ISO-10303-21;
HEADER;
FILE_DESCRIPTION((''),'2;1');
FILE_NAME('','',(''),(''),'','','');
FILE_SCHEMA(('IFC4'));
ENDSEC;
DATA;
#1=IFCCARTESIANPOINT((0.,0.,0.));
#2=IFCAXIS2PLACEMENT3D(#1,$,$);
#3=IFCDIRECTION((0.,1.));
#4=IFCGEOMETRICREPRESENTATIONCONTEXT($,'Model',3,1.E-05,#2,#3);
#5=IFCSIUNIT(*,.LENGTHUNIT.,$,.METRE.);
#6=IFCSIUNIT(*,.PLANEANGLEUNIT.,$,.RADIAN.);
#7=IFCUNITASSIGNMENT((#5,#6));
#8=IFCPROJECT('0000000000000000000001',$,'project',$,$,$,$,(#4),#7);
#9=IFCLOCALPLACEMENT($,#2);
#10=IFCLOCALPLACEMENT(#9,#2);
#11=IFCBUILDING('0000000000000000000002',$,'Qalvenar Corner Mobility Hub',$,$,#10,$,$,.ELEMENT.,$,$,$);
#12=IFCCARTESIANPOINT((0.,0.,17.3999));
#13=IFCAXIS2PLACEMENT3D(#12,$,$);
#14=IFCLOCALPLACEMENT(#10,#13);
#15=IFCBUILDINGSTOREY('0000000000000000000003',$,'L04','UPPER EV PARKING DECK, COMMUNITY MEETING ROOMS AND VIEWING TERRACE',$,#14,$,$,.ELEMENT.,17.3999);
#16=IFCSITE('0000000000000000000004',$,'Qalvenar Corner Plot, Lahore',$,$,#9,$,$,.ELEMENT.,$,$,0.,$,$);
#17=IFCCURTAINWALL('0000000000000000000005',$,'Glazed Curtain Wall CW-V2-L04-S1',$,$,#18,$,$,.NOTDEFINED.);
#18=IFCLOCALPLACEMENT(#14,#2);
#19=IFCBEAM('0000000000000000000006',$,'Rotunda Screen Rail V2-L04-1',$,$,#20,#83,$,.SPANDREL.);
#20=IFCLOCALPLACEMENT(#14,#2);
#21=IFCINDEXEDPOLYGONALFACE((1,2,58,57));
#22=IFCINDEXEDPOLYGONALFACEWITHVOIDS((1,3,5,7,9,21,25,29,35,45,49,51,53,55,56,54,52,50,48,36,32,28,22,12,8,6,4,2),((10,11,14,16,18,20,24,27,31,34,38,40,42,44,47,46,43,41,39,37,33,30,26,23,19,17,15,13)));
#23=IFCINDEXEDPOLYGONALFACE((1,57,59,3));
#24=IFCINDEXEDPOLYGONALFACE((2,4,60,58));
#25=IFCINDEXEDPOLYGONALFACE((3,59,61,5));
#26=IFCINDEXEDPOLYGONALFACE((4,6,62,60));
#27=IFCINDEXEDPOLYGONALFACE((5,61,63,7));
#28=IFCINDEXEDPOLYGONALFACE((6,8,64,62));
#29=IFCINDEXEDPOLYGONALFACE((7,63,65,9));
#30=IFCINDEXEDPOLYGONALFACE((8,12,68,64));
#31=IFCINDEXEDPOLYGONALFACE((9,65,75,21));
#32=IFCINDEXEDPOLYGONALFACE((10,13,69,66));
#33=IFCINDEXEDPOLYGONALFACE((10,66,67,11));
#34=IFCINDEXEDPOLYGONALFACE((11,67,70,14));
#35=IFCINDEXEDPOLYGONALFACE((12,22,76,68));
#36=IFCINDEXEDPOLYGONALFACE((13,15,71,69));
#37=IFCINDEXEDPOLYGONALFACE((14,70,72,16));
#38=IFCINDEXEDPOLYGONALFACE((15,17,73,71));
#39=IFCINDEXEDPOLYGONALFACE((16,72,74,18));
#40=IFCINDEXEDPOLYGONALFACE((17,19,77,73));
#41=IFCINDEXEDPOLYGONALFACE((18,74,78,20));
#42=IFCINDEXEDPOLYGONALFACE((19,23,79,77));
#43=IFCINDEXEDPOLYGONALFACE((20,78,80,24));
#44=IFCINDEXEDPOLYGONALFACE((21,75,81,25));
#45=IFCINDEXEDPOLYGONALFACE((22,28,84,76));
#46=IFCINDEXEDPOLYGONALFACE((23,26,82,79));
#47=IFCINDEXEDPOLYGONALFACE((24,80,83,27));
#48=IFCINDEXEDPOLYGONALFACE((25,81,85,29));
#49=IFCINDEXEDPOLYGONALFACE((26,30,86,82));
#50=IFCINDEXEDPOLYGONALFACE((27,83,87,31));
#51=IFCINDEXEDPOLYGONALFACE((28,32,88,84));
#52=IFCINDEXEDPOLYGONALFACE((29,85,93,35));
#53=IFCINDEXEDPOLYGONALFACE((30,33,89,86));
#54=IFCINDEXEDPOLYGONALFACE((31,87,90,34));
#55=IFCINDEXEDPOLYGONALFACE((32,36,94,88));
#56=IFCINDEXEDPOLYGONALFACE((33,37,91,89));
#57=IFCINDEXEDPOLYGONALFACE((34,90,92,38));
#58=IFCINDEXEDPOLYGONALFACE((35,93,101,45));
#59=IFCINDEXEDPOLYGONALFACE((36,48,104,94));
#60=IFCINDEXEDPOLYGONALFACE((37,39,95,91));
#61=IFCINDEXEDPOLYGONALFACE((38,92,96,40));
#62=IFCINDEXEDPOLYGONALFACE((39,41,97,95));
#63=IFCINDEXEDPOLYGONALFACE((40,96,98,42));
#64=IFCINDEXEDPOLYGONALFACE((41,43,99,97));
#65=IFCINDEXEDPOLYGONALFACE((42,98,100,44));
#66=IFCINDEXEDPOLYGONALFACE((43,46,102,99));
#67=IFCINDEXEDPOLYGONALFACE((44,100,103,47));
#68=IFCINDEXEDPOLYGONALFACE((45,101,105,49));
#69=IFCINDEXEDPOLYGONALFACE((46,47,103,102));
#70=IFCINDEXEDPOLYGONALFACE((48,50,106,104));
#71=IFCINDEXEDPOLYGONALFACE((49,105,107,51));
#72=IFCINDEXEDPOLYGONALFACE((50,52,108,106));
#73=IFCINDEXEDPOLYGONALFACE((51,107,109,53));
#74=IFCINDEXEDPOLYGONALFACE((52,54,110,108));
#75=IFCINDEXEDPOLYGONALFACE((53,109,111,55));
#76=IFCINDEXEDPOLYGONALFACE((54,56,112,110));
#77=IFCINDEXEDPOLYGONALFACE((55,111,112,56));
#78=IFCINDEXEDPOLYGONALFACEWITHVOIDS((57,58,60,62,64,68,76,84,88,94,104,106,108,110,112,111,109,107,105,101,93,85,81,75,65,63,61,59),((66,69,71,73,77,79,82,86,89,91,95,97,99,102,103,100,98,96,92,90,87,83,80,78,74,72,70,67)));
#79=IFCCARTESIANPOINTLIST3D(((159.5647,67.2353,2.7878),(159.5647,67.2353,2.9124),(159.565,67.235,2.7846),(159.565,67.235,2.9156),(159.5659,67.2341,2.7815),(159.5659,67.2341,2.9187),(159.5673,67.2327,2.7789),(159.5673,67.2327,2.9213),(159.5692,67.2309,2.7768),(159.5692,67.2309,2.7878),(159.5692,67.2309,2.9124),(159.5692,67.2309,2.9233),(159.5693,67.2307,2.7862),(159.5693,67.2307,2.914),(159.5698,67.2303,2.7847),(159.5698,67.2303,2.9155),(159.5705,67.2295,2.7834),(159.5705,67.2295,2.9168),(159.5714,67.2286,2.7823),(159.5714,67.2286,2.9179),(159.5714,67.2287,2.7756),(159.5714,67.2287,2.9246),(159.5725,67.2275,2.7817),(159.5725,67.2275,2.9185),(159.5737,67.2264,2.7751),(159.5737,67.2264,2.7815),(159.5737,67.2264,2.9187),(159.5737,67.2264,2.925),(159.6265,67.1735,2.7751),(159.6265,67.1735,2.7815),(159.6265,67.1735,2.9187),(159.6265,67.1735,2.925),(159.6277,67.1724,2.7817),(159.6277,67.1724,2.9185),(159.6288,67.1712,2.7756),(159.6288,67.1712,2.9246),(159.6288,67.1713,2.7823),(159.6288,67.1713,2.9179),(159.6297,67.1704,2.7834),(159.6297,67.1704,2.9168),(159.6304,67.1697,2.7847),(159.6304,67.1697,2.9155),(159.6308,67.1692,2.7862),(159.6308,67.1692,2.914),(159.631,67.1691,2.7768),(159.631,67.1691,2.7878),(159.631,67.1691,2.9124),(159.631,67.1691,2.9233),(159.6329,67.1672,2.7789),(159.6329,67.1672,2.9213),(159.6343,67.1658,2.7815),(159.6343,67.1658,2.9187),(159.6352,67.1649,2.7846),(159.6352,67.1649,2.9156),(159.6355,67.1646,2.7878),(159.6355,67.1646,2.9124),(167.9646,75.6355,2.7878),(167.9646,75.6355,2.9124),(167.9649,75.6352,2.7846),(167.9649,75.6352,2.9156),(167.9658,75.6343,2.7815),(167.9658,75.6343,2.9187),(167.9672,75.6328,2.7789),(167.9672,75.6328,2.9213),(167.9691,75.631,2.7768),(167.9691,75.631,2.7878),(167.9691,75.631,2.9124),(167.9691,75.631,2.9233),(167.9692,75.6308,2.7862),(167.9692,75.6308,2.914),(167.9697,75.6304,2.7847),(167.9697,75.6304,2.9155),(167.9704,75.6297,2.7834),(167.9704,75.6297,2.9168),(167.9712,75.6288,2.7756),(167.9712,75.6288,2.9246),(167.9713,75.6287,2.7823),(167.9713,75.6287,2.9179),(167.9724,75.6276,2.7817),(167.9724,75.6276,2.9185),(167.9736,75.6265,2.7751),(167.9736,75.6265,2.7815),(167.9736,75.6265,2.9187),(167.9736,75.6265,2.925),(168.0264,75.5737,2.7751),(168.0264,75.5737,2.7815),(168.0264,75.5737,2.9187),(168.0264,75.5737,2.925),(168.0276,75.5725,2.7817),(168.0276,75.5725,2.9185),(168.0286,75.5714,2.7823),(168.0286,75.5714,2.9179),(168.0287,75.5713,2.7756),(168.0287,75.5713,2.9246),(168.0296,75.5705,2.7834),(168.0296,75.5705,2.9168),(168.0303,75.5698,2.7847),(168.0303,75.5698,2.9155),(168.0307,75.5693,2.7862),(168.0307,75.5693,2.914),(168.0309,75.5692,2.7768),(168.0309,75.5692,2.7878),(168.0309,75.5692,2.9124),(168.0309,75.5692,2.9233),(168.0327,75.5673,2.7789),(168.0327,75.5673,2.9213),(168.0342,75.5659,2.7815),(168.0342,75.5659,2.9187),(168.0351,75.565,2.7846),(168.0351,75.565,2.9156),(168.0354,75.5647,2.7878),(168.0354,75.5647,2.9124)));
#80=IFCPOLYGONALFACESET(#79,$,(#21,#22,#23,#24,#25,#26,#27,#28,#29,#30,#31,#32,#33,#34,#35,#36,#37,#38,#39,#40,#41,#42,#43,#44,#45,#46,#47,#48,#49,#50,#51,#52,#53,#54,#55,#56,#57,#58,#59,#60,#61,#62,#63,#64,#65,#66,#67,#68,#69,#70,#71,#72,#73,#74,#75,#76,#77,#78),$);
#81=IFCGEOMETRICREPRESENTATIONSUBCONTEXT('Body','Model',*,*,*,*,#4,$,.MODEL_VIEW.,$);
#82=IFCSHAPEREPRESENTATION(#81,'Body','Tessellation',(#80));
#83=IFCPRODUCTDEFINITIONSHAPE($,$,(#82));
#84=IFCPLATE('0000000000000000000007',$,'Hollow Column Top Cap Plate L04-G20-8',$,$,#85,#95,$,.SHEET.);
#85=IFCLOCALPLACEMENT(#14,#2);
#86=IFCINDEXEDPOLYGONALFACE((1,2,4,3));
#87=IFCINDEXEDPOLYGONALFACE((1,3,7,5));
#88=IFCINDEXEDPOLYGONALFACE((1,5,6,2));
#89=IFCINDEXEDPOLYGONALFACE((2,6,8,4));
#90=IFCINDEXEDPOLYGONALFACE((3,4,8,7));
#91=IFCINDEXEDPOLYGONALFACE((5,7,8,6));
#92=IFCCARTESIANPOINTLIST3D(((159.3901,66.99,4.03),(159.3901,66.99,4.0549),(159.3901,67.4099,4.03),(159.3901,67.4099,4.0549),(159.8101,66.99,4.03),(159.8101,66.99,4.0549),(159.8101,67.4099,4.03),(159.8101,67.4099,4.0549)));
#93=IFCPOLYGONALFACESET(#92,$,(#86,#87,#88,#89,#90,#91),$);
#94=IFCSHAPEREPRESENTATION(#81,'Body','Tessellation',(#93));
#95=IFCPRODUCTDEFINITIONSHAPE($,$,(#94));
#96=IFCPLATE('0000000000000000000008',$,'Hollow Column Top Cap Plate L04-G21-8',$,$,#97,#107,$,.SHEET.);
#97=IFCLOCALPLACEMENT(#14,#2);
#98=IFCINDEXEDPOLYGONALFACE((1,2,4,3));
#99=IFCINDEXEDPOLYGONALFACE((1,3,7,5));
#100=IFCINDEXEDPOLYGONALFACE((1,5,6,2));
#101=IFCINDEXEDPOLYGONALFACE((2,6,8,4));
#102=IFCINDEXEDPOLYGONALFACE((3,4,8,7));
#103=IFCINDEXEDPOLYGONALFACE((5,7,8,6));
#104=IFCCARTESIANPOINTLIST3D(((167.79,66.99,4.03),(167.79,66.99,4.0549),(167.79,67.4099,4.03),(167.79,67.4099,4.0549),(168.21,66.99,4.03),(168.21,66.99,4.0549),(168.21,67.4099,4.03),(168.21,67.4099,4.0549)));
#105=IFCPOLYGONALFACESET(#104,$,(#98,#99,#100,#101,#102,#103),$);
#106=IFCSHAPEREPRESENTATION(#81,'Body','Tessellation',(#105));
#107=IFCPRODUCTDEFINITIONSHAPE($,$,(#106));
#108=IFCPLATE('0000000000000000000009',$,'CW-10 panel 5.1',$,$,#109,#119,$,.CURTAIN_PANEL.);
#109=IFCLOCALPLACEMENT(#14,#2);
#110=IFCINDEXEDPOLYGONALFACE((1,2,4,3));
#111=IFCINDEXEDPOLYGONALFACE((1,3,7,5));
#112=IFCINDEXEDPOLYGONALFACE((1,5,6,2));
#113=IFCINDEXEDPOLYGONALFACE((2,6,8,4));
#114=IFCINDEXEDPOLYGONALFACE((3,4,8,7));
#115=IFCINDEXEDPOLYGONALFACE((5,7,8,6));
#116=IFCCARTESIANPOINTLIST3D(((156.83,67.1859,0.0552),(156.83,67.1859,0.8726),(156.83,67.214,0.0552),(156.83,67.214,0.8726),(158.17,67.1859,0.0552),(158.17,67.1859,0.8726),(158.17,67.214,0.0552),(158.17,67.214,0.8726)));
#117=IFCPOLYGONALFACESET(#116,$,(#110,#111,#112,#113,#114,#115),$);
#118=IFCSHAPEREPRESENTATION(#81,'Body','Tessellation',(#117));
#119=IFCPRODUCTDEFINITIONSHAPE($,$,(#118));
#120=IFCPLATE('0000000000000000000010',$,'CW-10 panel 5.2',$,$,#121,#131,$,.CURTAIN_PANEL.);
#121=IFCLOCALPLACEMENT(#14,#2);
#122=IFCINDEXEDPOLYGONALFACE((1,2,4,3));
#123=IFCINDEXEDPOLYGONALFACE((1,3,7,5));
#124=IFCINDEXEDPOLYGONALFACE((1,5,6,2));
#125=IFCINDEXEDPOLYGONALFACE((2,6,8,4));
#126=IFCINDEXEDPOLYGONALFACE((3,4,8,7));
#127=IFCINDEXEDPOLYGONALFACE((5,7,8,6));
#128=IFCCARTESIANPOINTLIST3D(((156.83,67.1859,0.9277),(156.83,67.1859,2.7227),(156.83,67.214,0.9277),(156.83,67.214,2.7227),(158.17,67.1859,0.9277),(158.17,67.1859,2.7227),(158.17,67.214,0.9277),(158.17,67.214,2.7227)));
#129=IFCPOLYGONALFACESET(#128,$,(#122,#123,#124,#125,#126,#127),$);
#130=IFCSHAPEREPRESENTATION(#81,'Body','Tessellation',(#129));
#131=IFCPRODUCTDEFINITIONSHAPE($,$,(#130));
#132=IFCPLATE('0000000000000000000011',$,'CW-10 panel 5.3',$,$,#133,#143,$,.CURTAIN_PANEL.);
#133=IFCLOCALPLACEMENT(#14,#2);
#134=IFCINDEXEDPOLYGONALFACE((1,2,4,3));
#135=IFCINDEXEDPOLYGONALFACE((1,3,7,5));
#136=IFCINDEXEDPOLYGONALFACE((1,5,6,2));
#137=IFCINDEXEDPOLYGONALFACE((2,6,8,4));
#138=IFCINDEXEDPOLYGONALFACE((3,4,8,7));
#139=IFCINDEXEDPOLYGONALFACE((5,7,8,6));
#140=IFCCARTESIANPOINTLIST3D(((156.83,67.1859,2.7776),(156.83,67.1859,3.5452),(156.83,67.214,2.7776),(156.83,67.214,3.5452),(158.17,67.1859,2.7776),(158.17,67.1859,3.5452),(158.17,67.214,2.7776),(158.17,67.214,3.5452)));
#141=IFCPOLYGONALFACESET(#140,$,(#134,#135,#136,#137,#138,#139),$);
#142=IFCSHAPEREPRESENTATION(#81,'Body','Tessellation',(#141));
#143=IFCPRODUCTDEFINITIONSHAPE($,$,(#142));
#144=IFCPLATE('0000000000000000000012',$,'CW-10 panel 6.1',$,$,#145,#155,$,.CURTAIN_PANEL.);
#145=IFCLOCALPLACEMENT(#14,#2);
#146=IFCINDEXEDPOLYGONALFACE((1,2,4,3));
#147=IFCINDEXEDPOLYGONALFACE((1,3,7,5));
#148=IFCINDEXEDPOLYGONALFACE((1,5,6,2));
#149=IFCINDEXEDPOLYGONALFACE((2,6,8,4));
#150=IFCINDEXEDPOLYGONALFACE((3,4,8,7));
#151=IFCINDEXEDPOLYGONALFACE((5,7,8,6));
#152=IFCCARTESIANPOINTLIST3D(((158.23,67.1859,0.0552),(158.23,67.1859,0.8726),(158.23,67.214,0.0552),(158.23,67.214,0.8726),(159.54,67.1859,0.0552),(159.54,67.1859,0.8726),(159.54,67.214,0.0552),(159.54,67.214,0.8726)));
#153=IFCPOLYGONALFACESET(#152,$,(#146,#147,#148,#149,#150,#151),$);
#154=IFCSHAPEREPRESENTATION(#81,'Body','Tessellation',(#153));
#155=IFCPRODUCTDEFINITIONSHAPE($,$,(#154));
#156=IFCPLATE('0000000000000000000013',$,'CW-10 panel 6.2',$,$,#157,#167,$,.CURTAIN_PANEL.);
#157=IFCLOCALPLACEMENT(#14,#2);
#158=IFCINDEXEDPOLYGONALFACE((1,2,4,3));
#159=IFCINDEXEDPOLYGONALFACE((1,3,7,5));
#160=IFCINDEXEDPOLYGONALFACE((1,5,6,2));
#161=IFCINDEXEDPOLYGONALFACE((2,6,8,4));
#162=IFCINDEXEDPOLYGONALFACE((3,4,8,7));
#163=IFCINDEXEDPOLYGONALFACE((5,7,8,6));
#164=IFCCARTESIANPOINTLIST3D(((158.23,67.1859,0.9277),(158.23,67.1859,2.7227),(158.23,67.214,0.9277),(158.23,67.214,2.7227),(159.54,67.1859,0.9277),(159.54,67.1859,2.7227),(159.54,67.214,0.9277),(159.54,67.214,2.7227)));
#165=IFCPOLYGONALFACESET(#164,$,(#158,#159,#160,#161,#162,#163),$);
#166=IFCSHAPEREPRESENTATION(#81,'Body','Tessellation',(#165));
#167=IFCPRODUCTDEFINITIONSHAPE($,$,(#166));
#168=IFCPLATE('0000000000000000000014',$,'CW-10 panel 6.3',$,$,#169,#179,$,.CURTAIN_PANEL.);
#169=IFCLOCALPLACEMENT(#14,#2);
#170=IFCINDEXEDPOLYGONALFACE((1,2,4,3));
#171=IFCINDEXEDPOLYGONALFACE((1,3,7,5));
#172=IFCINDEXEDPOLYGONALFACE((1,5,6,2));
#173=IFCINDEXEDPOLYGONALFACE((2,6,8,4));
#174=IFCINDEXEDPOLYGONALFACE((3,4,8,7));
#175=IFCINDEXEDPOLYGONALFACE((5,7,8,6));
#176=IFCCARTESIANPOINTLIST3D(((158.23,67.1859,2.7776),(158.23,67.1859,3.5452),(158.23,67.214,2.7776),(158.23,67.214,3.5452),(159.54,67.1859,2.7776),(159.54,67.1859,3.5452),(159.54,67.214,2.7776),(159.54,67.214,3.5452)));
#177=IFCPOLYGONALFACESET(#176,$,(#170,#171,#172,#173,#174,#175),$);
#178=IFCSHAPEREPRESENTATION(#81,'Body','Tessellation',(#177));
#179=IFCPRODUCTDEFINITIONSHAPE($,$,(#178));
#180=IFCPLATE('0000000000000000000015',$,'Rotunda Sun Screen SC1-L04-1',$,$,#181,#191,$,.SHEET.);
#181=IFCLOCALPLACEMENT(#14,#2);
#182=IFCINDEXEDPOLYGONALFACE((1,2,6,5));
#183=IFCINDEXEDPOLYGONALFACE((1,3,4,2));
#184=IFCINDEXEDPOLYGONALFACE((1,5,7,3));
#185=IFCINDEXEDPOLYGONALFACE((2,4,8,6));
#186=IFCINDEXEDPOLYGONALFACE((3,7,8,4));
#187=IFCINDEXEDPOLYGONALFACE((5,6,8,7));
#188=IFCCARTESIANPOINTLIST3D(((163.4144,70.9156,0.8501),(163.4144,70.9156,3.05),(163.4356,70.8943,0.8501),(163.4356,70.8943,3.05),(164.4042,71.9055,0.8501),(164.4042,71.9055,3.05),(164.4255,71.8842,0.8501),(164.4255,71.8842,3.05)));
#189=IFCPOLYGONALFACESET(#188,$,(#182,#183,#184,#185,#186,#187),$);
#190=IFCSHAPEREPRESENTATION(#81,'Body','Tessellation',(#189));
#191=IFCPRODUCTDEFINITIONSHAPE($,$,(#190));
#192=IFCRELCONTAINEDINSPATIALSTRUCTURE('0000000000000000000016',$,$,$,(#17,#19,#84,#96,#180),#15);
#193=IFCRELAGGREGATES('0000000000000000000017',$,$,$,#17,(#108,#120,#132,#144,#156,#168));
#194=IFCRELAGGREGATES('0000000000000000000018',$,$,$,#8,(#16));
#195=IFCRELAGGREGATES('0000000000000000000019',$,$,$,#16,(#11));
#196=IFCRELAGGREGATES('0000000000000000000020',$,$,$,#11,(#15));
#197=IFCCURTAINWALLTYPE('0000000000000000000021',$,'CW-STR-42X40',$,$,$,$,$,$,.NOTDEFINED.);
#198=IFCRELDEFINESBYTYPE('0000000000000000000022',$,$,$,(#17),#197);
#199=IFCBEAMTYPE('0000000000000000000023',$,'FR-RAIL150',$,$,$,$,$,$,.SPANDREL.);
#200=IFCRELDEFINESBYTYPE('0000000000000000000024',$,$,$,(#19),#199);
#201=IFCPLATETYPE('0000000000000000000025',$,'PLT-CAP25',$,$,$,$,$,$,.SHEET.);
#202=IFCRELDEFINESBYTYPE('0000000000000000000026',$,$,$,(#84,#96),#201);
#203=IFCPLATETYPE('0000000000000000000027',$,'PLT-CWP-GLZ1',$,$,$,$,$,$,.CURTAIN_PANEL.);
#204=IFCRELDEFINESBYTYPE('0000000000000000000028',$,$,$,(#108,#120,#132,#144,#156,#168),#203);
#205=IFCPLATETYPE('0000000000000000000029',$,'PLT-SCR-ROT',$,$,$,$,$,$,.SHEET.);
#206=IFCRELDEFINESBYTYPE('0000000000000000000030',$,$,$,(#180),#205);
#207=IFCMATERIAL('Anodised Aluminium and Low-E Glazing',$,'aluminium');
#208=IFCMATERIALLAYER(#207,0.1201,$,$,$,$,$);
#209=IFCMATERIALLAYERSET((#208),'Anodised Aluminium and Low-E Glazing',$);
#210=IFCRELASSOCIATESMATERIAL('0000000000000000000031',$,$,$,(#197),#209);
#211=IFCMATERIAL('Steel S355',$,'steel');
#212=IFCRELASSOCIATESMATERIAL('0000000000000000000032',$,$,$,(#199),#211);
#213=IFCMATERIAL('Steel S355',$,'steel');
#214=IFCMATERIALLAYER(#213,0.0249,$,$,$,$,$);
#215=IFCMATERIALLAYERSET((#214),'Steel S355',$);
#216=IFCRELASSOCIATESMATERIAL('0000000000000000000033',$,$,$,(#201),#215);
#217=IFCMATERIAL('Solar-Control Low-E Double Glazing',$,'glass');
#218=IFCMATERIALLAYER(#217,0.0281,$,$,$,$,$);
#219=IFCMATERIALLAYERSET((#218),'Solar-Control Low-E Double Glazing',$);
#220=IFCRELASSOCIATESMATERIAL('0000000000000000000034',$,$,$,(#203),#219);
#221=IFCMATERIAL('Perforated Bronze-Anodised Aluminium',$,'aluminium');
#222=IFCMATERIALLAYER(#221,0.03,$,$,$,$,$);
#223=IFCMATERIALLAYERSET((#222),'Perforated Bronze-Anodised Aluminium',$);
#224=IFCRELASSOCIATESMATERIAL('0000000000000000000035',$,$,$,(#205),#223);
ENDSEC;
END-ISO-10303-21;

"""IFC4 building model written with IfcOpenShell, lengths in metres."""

from ifc_helpers import new_model, si_unit, direction, frame, origin, origin_2d, place, context, subcontext, project, spatial, rectangle, hollow_rectangle, extrude, material, layer, layer_set, material_profile, profile_set, type_object, element, aggregate, save


model = new_model("IFC4")

# Units and contexts
model_context = context("Model", 3, precision=1e-05, world=origin(), true_north=direction((0.0, 1.0)))
body_context = subcontext(model_context, "Body", "Model", "MODEL_VIEW")
ifc_project = project(units=[si_unit("LENGTHUNIT", "METRE"), si_unit("PLANEANGLEUNIT", "RADIAN")], contexts=[model_context])

# Site, building, storey
site_placement = place(None, origin())
site = spatial("IfcSite", under=ifc_project, at=site_placement, Name="Qalvenar Corner Plot, Lahore", CompositionType="ELEMENT", RefElevation=0.0)
building_placement = place(site_placement, origin())
building = spatial("IfcBuilding", under=site, at=building_placement, Name="Qalvenar Corner Mobility Hub", CompositionType="ELEMENT")
storey_placement = place(building_placement, frame((0.0, 0.0, 17.3999)))
storey = spatial("IfcBuildingStorey", under=building, at=storey_placement, Name="L04", Description="UPPER EV PARKING DECK, COMMUNITY MEETING ROOMS AND VIEWING TERRACE", CompositionType="ELEMENT", Elevation=17.3999)

# Shared definitions
ifc_material_1 = material(Name="Steel S355", Category="steel")

# Curtain wall
ifc_material_2 = material(Name="Anodised Aluminium and Low-E Glazing", Category="aluminium")
ifc_layer_1 = layer(ifc_material_2, 0.1201)
ifc_layer_set_1 = layer_set([ifc_layer_1], Name="Anodised Aluminium and Low-E Glazing")
curtain_wall_type = type_object("IfcCurtainWallType", Name="CW-STR-42X40", PredefinedType="NOTDEFINED", material=ifc_layer_set_1)
curtain_wall_placement = place(storey_placement, origin())
curtain_wall = element("IfcCurtainWall", 1, at=curtain_wall_placement, inside=storey, type_object=curtain_wall_type, Name="Glazed Curtain Wall CW-V2-L04-S1", PredefinedType="NOTDEFINED")

# Beam
ifc_material_profile_1 = material_profile(ifc_material_1, hollow_rectangle(XDim=0.1001, YDim=0.1499, WallThickness=0.0063, InnerFilletRadius=0.0063, OuterFilletRadius=0.0127, at=origin_2d()), Name="RHS150x100x6.3")
ifc_profile_set_1 = profile_set([ifc_material_profile_1], Name="Steel S355")
beam_type_1 = type_object("IfcBeamType", Name="FR-RAIL150", PredefinedType="SPANDREL", material=ifc_profile_set_1)
beam_1_placement = place(storey_placement, frame((159.6001, 67.2, 2.8501), z_axis=(0.707097, 0.707117, 0.0), x_axis=(-0.707117, 0.707097, 0.0)))
element("IfcBeam", 2, at=beam_1_placement, inside=storey, type_object=beam_type_1, Name="Rotunda Screen Rail V2-L04-1", PredefinedType="SPANDREL", context=body_context, shape_type="SweptSolid", body=[
    extrude(hollow_rectangle(XDim=0.1001, YDim=0.1499, WallThickness=0.0063, InnerFilletRadius=0.0063, OuterFilletRadius=0.0127, at=origin_2d()), origin(), (0.0, 0.0, 1.0), 11.8794),
])

# Plates
ifc_material_3 = material(Name="Steel S355", Category="steel")
ifc_layer_2 = layer(ifc_material_3, 0.0249)
ifc_layer_set_2 = layer_set([ifc_layer_2], Name="Steel S355")
plate_type_1 = type_object("IfcPlateType", Name="PLT-CAP25", PredefinedType="SHEET", material=ifc_layer_set_2)
for number, where, z_axis, x_axis, name in (
    (3, (159.6001, 67.2, 4.03), (0.0, 0.0, 1.0), (1.0, 0.0, 0.0), "Hollow Column Top Cap Plate L04-G20-8"),
    (4, (168.0, 67.2, 4.03), (0.0, 0.0, 1.0), (1.0, 0.0, 0.0), "Hollow Column Top Cap Plate L04-G21-8"),
):
    element("IfcPlate", number, at=place(storey_placement, frame(where, z_axis=z_axis, x_axis=x_axis)), inside=storey, type_object=plate_type_1, Name=name, PredefinedType="SHEET", context=body_context, shape_type="SweptSolid", body=[
        extrude(rectangle(XDim=0.4199, YDim=0.4199, at=origin_2d()), origin(), (0.0, 0.0, 1.0), 0.0249),
    ])

# Plates
ifc_material_4 = material(Name="Solar-Control Low-E Double Glazing", Category="glass")
ifc_layer_3 = layer(ifc_material_4, 0.0281)
ifc_layer_set_3 = layer_set([ifc_layer_3], Name="Solar-Control Low-E Double Glazing")
plate_type_2 = type_object("IfcPlateType", Name="PLT-CWP-GLZ1", PredefinedType="CURTAIN_PANEL", material=ifc_layer_set_3)
plate_1_placement = place(storey_placement, frame((157.5, 67.2, 0.0552), z_axis=(0.0, 0.0, 1.0), x_axis=(1.0, 0.0, 0.0)))
plate_1 = element("IfcPlate", 5, at=plate_1_placement, type_object=plate_type_2, Name="CW-10 panel 5.1", PredefinedType="CURTAIN_PANEL", context=body_context, shape_type="SweptSolid", body=[
    extrude(rectangle(XDim=1.3401, YDim=0.0281, at=origin_2d()), origin(), (0.0, 0.0, 1.0), 0.8174),
])
plate_2_placement = place(storey_placement, frame((157.5, 67.2, 0.9277), z_axis=(0.0, 0.0, 1.0), x_axis=(1.0, 0.0, 0.0)))
plate_2 = element("IfcPlate", 6, at=plate_2_placement, type_object=plate_type_2, Name="CW-10 panel 5.2", PredefinedType="CURTAIN_PANEL", context=body_context, shape_type="SweptSolid", body=[
    extrude(rectangle(XDim=1.3401, YDim=0.0281, at=origin_2d()), origin(), (0.0, 0.0, 1.0), 1.7949),
])
plate_3_placement = place(storey_placement, frame((157.5, 67.2, 2.7776), z_axis=(0.0, 0.0, 1.0), x_axis=(1.0, 0.0, 0.0)))
plate_3 = element("IfcPlate", 7, at=plate_3_placement, type_object=plate_type_2, Name="CW-10 panel 5.3", PredefinedType="CURTAIN_PANEL", context=body_context, shape_type="SweptSolid", body=[
    extrude(rectangle(XDim=1.3401, YDim=0.0281, at=origin_2d()), origin(), (0.0, 0.0, 1.0), 0.7676),
])
plate_4_placement = place(storey_placement, frame((158.885, 67.2, 0.0552), z_axis=(0.0, 0.0, 1.0), x_axis=(1.0, 0.0, 0.0)))
plate_4 = element("IfcPlate", 8, at=plate_4_placement, type_object=plate_type_2, Name="CW-10 panel 6.1", PredefinedType="CURTAIN_PANEL", context=body_context, shape_type="SweptSolid", body=[
    extrude(rectangle(XDim=1.3101, YDim=0.0281, at=origin_2d()), origin(), (0.0, 0.0, 1.0), 0.8174),
])
plate_5_placement = place(storey_placement, frame((158.885, 67.2, 0.9277), z_axis=(0.0, 0.0, 1.0), x_axis=(1.0, 0.0, 0.0)))
plate_5 = element("IfcPlate", 9, at=plate_5_placement, type_object=plate_type_2, Name="CW-10 panel 6.2", PredefinedType="CURTAIN_PANEL", context=body_context, shape_type="SweptSolid", body=[
    extrude(rectangle(XDim=1.3101, YDim=0.0281, at=origin_2d()), origin(), (0.0, 0.0, 1.0), 1.7949),
])
plate_6_placement = place(storey_placement, frame((158.885, 67.2, 2.7776), z_axis=(0.0, 0.0, 1.0), x_axis=(1.0, 0.0, 0.0)))
plate_6 = element("IfcPlate", 10, at=plate_6_placement, type_object=plate_type_2, Name="CW-10 panel 6.3", PredefinedType="CURTAIN_PANEL", context=body_context, shape_type="SweptSolid", body=[
    extrude(rectangle(XDim=1.3101, YDim=0.0281, at=origin_2d()), origin(), (0.0, 0.0, 1.0), 0.7676),
])
aggregate(curtain_wall, [plate_1, plate_2, plate_3, plate_4, plate_5, plate_6])
ifc_material_5 = material(Name="Perforated Bronze-Anodised Aluminium", Category="aluminium")
ifc_layer_4 = layer(ifc_material_5, 0.03)
ifc_layer_set_4 = layer_set([ifc_layer_4], Name="Perforated Bronze-Anodised Aluminium")
plate_type_3 = type_object("IfcPlateType", Name="PLT-SCR-ROT", PredefinedType="SHEET", material=ifc_layer_set_4)
plate_7_placement = place(storey_placement, frame((163.9199, 71.3999, 0.8501), z_axis=(0.0, 0.0, 1.0), x_axis=(0.707107, 0.707107, 0.0)))
element("IfcPlate", 11, at=plate_7_placement, inside=storey, type_object=plate_type_3, Name="Rotunda Sun Screen SC1-L04-1", PredefinedType="SHEET", context=body_context, shape_type="SweptSolid", body=[
    extrude(rectangle(XDim=1.3999, YDim=0.03, at=origin_2d()), origin(), (0.0, 0.0, 1.0), 2.2),
])

save(model, "model.ifc")
